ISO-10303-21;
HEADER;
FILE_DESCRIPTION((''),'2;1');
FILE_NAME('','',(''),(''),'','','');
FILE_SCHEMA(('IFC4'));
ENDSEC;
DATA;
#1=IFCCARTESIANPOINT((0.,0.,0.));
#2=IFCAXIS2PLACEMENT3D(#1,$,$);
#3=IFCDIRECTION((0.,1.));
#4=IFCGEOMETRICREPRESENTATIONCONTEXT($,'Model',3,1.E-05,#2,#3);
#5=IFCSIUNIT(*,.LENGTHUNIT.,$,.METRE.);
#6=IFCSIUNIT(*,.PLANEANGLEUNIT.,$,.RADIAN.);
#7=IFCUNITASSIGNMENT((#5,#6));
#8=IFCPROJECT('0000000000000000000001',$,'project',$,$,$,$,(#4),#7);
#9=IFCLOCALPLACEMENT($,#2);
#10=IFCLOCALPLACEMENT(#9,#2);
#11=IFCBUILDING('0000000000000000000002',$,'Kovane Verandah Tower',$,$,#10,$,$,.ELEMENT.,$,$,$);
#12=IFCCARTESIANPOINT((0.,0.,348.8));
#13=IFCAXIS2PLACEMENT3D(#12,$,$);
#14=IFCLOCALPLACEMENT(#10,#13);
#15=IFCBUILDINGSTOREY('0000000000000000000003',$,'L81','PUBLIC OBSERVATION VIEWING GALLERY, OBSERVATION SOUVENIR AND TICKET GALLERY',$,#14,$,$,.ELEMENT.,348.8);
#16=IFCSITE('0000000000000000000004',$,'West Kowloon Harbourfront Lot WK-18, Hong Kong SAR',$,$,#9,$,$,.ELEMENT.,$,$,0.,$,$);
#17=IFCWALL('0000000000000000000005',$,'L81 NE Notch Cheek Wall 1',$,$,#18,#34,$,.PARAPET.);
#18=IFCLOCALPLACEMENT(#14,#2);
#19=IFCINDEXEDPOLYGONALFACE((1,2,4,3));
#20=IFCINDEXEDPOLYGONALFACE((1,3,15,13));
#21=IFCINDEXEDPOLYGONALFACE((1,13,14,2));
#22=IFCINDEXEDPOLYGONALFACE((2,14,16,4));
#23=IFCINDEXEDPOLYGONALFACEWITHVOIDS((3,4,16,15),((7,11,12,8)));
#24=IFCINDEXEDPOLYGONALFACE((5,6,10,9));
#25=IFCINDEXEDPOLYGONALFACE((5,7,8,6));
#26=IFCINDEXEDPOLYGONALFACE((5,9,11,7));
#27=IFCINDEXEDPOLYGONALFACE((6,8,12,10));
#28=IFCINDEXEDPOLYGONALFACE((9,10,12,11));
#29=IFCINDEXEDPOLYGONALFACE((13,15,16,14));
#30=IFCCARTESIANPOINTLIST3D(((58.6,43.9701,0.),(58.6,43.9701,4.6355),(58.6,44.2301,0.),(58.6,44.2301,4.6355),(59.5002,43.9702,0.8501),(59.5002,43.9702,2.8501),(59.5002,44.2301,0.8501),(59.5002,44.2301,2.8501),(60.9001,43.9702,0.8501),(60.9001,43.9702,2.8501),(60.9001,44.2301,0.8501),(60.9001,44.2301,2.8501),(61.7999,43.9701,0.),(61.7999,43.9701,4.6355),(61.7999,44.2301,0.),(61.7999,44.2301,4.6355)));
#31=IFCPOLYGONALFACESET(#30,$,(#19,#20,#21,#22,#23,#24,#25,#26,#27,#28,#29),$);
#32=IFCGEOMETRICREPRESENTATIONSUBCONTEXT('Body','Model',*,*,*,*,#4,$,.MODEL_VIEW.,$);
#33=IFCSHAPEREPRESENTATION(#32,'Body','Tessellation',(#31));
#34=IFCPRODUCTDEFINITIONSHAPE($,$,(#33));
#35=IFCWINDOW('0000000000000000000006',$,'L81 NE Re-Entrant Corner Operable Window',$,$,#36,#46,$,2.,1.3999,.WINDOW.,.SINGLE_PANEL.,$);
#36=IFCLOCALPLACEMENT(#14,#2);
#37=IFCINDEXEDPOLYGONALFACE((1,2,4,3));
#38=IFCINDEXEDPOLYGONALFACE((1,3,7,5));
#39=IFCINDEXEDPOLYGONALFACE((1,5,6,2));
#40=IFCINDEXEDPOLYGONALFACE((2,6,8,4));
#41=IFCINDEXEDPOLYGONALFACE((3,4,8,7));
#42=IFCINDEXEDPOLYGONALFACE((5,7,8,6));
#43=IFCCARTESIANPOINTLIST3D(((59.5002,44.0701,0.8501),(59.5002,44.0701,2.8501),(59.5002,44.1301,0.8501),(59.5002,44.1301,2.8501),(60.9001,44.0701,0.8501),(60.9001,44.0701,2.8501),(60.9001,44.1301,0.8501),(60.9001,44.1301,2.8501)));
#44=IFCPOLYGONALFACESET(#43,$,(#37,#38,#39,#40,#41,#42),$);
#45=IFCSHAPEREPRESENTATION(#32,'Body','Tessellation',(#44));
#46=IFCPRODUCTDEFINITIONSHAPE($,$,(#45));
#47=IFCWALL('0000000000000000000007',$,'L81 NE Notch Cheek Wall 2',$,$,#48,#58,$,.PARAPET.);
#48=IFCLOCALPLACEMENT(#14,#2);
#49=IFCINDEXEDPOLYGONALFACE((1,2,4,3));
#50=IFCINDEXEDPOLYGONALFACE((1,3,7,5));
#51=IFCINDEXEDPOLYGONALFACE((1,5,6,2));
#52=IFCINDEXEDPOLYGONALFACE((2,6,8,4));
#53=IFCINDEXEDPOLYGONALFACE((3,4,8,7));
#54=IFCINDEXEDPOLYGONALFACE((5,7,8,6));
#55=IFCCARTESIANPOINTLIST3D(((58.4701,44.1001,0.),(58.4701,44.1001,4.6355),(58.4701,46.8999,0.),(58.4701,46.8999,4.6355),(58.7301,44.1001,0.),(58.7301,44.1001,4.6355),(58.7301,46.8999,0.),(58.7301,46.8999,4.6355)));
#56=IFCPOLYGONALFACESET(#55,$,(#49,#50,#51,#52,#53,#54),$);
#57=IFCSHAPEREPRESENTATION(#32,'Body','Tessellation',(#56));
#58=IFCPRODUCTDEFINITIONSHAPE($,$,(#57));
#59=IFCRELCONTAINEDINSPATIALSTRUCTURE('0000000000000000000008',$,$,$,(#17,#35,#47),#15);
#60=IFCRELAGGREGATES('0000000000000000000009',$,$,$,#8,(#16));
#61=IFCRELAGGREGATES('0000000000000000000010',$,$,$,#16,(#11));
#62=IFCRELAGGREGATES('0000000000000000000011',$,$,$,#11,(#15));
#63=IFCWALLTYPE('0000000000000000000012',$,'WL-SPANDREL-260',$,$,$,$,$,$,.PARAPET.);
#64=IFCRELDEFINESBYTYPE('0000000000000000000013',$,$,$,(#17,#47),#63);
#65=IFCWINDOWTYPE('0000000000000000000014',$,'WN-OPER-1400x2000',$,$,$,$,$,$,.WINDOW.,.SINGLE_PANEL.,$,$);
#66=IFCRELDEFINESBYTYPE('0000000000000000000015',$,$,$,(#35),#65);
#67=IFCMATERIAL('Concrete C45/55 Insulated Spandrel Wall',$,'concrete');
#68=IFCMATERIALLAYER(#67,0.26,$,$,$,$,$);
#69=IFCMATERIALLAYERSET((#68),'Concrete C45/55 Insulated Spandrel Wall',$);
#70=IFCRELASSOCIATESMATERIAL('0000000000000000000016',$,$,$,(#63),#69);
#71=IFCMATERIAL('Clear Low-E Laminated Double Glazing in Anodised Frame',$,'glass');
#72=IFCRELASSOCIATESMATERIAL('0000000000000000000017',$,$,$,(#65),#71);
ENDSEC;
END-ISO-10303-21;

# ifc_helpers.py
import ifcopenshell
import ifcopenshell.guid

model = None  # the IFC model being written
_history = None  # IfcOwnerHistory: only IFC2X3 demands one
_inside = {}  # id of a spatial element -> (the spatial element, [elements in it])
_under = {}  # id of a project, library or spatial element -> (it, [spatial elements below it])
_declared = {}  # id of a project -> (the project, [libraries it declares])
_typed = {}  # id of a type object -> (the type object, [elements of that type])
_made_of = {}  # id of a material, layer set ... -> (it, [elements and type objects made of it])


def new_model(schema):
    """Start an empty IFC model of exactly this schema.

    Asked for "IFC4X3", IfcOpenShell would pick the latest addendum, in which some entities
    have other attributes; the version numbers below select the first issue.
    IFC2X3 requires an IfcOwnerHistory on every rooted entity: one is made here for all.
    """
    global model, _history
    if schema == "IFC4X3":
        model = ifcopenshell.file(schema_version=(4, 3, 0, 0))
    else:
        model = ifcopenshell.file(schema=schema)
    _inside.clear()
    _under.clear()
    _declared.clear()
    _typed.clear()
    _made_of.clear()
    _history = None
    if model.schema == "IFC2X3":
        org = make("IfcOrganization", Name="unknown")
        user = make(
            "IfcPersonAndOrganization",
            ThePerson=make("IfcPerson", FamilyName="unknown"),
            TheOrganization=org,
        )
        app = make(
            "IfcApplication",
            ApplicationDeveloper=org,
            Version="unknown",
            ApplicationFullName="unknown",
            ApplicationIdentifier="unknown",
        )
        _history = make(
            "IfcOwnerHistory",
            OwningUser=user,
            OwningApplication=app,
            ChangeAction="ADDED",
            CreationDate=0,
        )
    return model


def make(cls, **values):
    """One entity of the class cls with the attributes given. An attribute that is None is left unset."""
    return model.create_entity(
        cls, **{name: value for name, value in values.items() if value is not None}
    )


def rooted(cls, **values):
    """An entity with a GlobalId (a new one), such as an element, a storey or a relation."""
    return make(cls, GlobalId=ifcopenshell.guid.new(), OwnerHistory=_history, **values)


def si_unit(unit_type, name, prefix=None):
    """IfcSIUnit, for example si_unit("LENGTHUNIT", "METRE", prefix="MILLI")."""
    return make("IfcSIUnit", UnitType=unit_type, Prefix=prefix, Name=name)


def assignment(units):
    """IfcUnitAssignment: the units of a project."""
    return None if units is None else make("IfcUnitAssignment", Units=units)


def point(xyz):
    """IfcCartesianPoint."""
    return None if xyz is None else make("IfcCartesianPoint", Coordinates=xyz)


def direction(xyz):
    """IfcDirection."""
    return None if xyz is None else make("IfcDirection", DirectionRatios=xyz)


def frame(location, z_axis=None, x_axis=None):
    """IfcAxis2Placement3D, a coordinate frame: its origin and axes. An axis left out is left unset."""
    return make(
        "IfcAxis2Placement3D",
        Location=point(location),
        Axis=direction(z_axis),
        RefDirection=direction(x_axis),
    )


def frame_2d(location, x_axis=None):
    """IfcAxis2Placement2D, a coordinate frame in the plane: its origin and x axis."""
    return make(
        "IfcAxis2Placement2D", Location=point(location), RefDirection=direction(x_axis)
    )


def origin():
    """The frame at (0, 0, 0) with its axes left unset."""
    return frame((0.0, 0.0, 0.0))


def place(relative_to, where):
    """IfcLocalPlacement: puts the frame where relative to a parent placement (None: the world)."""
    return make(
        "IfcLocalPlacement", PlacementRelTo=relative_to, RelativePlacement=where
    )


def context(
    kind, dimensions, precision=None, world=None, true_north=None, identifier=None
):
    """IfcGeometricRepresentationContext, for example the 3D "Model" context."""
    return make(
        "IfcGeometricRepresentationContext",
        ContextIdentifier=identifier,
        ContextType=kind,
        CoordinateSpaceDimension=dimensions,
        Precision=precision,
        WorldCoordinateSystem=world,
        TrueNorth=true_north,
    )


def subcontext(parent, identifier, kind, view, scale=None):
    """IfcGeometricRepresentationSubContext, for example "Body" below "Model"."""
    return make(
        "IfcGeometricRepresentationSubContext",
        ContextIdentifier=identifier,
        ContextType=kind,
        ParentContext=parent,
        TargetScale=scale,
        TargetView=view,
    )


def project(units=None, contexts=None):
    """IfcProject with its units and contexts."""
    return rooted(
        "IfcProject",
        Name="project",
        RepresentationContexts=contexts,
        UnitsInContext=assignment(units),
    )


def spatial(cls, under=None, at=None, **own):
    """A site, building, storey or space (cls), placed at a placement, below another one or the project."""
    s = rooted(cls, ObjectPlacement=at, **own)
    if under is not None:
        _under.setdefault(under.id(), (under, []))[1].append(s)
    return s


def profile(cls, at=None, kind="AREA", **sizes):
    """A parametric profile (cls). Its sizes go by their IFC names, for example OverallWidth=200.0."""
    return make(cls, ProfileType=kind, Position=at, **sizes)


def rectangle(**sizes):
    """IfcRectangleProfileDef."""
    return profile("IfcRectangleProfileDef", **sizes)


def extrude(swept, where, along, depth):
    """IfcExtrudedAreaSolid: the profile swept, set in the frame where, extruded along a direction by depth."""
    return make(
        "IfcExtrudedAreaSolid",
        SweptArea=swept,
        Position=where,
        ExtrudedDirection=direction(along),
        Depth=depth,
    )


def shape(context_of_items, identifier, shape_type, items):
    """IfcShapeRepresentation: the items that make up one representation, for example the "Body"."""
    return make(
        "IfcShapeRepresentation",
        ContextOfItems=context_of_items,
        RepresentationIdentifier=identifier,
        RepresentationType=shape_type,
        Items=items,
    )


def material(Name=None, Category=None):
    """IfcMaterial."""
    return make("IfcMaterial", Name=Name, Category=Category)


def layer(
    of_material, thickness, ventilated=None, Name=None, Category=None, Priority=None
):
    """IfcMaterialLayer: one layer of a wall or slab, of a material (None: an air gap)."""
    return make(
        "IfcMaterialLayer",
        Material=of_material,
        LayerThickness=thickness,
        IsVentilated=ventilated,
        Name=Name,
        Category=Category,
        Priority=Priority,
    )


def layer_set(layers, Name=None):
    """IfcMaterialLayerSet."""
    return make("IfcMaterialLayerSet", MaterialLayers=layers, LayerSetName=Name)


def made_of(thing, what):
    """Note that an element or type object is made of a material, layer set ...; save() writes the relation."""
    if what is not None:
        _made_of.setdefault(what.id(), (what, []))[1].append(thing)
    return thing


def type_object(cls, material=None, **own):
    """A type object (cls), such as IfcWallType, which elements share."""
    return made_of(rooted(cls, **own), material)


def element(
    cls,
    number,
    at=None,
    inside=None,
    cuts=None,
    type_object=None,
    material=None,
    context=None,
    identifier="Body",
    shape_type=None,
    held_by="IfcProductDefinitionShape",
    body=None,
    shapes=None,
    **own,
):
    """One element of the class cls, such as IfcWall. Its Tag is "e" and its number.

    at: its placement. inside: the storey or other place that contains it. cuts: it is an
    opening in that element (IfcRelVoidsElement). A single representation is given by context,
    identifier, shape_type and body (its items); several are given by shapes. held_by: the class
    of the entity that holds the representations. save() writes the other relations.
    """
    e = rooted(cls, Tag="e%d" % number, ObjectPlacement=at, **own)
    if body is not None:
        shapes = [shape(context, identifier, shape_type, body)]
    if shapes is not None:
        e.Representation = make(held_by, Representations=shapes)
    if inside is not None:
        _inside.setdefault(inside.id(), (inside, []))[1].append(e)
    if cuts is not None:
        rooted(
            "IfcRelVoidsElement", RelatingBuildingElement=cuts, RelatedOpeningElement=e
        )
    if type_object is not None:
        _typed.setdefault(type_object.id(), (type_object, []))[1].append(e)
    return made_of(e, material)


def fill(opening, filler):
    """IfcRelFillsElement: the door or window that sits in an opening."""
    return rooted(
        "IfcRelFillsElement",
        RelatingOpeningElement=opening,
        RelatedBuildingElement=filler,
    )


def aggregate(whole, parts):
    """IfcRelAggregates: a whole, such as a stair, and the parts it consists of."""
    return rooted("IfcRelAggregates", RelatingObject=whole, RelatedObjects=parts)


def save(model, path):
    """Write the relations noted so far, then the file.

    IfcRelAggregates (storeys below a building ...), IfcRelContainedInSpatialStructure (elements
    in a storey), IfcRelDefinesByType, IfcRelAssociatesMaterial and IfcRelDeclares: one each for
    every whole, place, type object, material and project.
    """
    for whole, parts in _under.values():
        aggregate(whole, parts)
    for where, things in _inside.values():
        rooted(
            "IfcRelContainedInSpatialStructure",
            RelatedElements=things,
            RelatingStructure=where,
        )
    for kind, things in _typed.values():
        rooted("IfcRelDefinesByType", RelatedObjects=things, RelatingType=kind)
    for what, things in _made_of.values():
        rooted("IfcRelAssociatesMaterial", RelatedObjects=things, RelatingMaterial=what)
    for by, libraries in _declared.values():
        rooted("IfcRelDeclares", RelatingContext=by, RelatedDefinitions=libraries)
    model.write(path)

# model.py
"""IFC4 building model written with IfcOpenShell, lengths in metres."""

from ifc_helpers import new_model, si_unit, direction, frame, frame_2d, origin, place, context, subcontext, project, spatial, rectangle, extrude, material, layer, layer_set, type_object, element, fill, save


model = new_model("IFC4")

# Units and contexts
model_context = context("Model", 3, precision=1e-05, world=origin(), true_north=direction((0.0, 1.0)))
body_context = subcontext(model_context, "Body", "Model", "MODEL_VIEW")
ifc_project = project(units=[si_unit("LENGTHUNIT", "METRE"), si_unit("PLANEANGLEUNIT", "RADIAN")], contexts=[model_context])

# Site, building, storey
site_placement = place(None, origin())
site = spatial("IfcSite", under=ifc_project, at=site_placement, Name="West Kowloon Harbourfront Lot WK-18, Hong Kong SAR", CompositionType="ELEMENT", RefElevation=0.0)
building_placement = place(site_placement, origin())
building = spatial("IfcBuilding", under=site, at=building_placement, Name="Kovane Verandah Tower", CompositionType="ELEMENT")
storey_placement = place(building_placement, frame((0.0, 0.0, 348.8)))
storey = spatial("IfcBuildingStorey", under=building, at=storey_placement, Name="L81", Description="PUBLIC OBSERVATION VIEWING GALLERY, OBSERVATION SOUVENIR AND TICKET GALLERY", CompositionType="ELEMENT", Elevation=348.8)

# Wall, opening, window
ifc_material_1 = material(Name="Concrete C45/55 Insulated Spandrel Wall", Category="concrete")
ifc_layer_1 = layer(ifc_material_1, 0.26)
ifc_layer_set_1 = layer_set([ifc_layer_1], Name="Concrete C45/55 Insulated Spandrel Wall")
wall_type = type_object("IfcWallType", Name="WL-SPANDREL-260", PredefinedType="PARAPET", material=ifc_layer_set_1)
wall_1_placement = place(storey_placement, frame((61.8, 44.1001, 0.0), z_axis=(0.0, 0.0, 1.0), x_axis=(-1.0, 0.0, 0.0)))
wall_1 = element("IfcWall", 1, at=wall_1_placement, inside=storey, type_object=wall_type, Name="L81 NE Notch Cheek Wall 1", PredefinedType="PARAPET", context=body_context, shape_type="SweptSolid", body=[
    extrude(rectangle(XDim=3.2, YDim=0.26, at=frame_2d((1.6001, 0.0))), origin(), (0.0, 0.0, 1.0), 4.6355),
])
opening_placement = place(wall_1_placement, frame((0.8999, 0.0, 0.8501)))
opening = element("IfcOpeningElement", 2, at=opening_placement, cuts=wall_1, PredefinedType="OPENING", context=body_context, shape_type="SweptSolid", body=[
    extrude(rectangle(XDim=1.3999, YDim=2.0, at=frame_2d((0.7, 1.0))), frame((0.0, 0.1299, 0.0), z_axis=(0.0, -1.0, 0.0), x_axis=(1.0, 0.0, 0.0)), (0.0, 0.0, 1.0), 0.26),
])
ifc_material_2 = material(Name="Clear Low-E Laminated Double Glazing in Anodised Frame", Category="glass")
window_type = type_object("IfcWindowType", Name="WN-OPER-1400x2000", PartitioningType="SINGLE_PANEL", PredefinedType="WINDOW", material=ifc_material_2)
window_placement = place(opening_placement, origin())
window = element("IfcWindow", 3, at=window_placement, inside=storey, type_object=window_type, Name="L81 NE Re-Entrant Corner Operable Window", OverallHeight=2.0, OverallWidth=1.3999, PartitioningType="SINGLE_PANEL", PredefinedType="WINDOW", context=body_context, shape_type="SweptSolid", body=[
    extrude(rectangle(XDim=1.3999, YDim=2.0, at=frame_2d((0.7, 1.0))), frame((0.0, 0.03, 0.0), z_axis=(0.0, -1.0, 0.0), x_axis=(1.0, 0.0, 0.0)), (0.0, 0.0, 1.0), 0.0601),
])
fill(opening, window)

# Wall
wall_2_placement = place(storey_placement, frame((58.6001, 44.1001, 0.0), z_axis=(0.0, 0.0, 1.0), x_axis=(0.0, 1.0, 0.0)))
element("IfcWall", 4, at=wall_2_placement, inside=storey, type_object=wall_type, Name="L81 NE Notch Cheek Wall 2", PredefinedType="PARAPET", context=body_context, shape_type="SweptSolid", body=[
    extrude(rectangle(XDim=2.7998, YDim=0.26, at=frame_2d((1.3999, 0.0))), origin(), (0.0, 0.0, 1.0), 4.6355),
])

save(model, "model.ifc")
